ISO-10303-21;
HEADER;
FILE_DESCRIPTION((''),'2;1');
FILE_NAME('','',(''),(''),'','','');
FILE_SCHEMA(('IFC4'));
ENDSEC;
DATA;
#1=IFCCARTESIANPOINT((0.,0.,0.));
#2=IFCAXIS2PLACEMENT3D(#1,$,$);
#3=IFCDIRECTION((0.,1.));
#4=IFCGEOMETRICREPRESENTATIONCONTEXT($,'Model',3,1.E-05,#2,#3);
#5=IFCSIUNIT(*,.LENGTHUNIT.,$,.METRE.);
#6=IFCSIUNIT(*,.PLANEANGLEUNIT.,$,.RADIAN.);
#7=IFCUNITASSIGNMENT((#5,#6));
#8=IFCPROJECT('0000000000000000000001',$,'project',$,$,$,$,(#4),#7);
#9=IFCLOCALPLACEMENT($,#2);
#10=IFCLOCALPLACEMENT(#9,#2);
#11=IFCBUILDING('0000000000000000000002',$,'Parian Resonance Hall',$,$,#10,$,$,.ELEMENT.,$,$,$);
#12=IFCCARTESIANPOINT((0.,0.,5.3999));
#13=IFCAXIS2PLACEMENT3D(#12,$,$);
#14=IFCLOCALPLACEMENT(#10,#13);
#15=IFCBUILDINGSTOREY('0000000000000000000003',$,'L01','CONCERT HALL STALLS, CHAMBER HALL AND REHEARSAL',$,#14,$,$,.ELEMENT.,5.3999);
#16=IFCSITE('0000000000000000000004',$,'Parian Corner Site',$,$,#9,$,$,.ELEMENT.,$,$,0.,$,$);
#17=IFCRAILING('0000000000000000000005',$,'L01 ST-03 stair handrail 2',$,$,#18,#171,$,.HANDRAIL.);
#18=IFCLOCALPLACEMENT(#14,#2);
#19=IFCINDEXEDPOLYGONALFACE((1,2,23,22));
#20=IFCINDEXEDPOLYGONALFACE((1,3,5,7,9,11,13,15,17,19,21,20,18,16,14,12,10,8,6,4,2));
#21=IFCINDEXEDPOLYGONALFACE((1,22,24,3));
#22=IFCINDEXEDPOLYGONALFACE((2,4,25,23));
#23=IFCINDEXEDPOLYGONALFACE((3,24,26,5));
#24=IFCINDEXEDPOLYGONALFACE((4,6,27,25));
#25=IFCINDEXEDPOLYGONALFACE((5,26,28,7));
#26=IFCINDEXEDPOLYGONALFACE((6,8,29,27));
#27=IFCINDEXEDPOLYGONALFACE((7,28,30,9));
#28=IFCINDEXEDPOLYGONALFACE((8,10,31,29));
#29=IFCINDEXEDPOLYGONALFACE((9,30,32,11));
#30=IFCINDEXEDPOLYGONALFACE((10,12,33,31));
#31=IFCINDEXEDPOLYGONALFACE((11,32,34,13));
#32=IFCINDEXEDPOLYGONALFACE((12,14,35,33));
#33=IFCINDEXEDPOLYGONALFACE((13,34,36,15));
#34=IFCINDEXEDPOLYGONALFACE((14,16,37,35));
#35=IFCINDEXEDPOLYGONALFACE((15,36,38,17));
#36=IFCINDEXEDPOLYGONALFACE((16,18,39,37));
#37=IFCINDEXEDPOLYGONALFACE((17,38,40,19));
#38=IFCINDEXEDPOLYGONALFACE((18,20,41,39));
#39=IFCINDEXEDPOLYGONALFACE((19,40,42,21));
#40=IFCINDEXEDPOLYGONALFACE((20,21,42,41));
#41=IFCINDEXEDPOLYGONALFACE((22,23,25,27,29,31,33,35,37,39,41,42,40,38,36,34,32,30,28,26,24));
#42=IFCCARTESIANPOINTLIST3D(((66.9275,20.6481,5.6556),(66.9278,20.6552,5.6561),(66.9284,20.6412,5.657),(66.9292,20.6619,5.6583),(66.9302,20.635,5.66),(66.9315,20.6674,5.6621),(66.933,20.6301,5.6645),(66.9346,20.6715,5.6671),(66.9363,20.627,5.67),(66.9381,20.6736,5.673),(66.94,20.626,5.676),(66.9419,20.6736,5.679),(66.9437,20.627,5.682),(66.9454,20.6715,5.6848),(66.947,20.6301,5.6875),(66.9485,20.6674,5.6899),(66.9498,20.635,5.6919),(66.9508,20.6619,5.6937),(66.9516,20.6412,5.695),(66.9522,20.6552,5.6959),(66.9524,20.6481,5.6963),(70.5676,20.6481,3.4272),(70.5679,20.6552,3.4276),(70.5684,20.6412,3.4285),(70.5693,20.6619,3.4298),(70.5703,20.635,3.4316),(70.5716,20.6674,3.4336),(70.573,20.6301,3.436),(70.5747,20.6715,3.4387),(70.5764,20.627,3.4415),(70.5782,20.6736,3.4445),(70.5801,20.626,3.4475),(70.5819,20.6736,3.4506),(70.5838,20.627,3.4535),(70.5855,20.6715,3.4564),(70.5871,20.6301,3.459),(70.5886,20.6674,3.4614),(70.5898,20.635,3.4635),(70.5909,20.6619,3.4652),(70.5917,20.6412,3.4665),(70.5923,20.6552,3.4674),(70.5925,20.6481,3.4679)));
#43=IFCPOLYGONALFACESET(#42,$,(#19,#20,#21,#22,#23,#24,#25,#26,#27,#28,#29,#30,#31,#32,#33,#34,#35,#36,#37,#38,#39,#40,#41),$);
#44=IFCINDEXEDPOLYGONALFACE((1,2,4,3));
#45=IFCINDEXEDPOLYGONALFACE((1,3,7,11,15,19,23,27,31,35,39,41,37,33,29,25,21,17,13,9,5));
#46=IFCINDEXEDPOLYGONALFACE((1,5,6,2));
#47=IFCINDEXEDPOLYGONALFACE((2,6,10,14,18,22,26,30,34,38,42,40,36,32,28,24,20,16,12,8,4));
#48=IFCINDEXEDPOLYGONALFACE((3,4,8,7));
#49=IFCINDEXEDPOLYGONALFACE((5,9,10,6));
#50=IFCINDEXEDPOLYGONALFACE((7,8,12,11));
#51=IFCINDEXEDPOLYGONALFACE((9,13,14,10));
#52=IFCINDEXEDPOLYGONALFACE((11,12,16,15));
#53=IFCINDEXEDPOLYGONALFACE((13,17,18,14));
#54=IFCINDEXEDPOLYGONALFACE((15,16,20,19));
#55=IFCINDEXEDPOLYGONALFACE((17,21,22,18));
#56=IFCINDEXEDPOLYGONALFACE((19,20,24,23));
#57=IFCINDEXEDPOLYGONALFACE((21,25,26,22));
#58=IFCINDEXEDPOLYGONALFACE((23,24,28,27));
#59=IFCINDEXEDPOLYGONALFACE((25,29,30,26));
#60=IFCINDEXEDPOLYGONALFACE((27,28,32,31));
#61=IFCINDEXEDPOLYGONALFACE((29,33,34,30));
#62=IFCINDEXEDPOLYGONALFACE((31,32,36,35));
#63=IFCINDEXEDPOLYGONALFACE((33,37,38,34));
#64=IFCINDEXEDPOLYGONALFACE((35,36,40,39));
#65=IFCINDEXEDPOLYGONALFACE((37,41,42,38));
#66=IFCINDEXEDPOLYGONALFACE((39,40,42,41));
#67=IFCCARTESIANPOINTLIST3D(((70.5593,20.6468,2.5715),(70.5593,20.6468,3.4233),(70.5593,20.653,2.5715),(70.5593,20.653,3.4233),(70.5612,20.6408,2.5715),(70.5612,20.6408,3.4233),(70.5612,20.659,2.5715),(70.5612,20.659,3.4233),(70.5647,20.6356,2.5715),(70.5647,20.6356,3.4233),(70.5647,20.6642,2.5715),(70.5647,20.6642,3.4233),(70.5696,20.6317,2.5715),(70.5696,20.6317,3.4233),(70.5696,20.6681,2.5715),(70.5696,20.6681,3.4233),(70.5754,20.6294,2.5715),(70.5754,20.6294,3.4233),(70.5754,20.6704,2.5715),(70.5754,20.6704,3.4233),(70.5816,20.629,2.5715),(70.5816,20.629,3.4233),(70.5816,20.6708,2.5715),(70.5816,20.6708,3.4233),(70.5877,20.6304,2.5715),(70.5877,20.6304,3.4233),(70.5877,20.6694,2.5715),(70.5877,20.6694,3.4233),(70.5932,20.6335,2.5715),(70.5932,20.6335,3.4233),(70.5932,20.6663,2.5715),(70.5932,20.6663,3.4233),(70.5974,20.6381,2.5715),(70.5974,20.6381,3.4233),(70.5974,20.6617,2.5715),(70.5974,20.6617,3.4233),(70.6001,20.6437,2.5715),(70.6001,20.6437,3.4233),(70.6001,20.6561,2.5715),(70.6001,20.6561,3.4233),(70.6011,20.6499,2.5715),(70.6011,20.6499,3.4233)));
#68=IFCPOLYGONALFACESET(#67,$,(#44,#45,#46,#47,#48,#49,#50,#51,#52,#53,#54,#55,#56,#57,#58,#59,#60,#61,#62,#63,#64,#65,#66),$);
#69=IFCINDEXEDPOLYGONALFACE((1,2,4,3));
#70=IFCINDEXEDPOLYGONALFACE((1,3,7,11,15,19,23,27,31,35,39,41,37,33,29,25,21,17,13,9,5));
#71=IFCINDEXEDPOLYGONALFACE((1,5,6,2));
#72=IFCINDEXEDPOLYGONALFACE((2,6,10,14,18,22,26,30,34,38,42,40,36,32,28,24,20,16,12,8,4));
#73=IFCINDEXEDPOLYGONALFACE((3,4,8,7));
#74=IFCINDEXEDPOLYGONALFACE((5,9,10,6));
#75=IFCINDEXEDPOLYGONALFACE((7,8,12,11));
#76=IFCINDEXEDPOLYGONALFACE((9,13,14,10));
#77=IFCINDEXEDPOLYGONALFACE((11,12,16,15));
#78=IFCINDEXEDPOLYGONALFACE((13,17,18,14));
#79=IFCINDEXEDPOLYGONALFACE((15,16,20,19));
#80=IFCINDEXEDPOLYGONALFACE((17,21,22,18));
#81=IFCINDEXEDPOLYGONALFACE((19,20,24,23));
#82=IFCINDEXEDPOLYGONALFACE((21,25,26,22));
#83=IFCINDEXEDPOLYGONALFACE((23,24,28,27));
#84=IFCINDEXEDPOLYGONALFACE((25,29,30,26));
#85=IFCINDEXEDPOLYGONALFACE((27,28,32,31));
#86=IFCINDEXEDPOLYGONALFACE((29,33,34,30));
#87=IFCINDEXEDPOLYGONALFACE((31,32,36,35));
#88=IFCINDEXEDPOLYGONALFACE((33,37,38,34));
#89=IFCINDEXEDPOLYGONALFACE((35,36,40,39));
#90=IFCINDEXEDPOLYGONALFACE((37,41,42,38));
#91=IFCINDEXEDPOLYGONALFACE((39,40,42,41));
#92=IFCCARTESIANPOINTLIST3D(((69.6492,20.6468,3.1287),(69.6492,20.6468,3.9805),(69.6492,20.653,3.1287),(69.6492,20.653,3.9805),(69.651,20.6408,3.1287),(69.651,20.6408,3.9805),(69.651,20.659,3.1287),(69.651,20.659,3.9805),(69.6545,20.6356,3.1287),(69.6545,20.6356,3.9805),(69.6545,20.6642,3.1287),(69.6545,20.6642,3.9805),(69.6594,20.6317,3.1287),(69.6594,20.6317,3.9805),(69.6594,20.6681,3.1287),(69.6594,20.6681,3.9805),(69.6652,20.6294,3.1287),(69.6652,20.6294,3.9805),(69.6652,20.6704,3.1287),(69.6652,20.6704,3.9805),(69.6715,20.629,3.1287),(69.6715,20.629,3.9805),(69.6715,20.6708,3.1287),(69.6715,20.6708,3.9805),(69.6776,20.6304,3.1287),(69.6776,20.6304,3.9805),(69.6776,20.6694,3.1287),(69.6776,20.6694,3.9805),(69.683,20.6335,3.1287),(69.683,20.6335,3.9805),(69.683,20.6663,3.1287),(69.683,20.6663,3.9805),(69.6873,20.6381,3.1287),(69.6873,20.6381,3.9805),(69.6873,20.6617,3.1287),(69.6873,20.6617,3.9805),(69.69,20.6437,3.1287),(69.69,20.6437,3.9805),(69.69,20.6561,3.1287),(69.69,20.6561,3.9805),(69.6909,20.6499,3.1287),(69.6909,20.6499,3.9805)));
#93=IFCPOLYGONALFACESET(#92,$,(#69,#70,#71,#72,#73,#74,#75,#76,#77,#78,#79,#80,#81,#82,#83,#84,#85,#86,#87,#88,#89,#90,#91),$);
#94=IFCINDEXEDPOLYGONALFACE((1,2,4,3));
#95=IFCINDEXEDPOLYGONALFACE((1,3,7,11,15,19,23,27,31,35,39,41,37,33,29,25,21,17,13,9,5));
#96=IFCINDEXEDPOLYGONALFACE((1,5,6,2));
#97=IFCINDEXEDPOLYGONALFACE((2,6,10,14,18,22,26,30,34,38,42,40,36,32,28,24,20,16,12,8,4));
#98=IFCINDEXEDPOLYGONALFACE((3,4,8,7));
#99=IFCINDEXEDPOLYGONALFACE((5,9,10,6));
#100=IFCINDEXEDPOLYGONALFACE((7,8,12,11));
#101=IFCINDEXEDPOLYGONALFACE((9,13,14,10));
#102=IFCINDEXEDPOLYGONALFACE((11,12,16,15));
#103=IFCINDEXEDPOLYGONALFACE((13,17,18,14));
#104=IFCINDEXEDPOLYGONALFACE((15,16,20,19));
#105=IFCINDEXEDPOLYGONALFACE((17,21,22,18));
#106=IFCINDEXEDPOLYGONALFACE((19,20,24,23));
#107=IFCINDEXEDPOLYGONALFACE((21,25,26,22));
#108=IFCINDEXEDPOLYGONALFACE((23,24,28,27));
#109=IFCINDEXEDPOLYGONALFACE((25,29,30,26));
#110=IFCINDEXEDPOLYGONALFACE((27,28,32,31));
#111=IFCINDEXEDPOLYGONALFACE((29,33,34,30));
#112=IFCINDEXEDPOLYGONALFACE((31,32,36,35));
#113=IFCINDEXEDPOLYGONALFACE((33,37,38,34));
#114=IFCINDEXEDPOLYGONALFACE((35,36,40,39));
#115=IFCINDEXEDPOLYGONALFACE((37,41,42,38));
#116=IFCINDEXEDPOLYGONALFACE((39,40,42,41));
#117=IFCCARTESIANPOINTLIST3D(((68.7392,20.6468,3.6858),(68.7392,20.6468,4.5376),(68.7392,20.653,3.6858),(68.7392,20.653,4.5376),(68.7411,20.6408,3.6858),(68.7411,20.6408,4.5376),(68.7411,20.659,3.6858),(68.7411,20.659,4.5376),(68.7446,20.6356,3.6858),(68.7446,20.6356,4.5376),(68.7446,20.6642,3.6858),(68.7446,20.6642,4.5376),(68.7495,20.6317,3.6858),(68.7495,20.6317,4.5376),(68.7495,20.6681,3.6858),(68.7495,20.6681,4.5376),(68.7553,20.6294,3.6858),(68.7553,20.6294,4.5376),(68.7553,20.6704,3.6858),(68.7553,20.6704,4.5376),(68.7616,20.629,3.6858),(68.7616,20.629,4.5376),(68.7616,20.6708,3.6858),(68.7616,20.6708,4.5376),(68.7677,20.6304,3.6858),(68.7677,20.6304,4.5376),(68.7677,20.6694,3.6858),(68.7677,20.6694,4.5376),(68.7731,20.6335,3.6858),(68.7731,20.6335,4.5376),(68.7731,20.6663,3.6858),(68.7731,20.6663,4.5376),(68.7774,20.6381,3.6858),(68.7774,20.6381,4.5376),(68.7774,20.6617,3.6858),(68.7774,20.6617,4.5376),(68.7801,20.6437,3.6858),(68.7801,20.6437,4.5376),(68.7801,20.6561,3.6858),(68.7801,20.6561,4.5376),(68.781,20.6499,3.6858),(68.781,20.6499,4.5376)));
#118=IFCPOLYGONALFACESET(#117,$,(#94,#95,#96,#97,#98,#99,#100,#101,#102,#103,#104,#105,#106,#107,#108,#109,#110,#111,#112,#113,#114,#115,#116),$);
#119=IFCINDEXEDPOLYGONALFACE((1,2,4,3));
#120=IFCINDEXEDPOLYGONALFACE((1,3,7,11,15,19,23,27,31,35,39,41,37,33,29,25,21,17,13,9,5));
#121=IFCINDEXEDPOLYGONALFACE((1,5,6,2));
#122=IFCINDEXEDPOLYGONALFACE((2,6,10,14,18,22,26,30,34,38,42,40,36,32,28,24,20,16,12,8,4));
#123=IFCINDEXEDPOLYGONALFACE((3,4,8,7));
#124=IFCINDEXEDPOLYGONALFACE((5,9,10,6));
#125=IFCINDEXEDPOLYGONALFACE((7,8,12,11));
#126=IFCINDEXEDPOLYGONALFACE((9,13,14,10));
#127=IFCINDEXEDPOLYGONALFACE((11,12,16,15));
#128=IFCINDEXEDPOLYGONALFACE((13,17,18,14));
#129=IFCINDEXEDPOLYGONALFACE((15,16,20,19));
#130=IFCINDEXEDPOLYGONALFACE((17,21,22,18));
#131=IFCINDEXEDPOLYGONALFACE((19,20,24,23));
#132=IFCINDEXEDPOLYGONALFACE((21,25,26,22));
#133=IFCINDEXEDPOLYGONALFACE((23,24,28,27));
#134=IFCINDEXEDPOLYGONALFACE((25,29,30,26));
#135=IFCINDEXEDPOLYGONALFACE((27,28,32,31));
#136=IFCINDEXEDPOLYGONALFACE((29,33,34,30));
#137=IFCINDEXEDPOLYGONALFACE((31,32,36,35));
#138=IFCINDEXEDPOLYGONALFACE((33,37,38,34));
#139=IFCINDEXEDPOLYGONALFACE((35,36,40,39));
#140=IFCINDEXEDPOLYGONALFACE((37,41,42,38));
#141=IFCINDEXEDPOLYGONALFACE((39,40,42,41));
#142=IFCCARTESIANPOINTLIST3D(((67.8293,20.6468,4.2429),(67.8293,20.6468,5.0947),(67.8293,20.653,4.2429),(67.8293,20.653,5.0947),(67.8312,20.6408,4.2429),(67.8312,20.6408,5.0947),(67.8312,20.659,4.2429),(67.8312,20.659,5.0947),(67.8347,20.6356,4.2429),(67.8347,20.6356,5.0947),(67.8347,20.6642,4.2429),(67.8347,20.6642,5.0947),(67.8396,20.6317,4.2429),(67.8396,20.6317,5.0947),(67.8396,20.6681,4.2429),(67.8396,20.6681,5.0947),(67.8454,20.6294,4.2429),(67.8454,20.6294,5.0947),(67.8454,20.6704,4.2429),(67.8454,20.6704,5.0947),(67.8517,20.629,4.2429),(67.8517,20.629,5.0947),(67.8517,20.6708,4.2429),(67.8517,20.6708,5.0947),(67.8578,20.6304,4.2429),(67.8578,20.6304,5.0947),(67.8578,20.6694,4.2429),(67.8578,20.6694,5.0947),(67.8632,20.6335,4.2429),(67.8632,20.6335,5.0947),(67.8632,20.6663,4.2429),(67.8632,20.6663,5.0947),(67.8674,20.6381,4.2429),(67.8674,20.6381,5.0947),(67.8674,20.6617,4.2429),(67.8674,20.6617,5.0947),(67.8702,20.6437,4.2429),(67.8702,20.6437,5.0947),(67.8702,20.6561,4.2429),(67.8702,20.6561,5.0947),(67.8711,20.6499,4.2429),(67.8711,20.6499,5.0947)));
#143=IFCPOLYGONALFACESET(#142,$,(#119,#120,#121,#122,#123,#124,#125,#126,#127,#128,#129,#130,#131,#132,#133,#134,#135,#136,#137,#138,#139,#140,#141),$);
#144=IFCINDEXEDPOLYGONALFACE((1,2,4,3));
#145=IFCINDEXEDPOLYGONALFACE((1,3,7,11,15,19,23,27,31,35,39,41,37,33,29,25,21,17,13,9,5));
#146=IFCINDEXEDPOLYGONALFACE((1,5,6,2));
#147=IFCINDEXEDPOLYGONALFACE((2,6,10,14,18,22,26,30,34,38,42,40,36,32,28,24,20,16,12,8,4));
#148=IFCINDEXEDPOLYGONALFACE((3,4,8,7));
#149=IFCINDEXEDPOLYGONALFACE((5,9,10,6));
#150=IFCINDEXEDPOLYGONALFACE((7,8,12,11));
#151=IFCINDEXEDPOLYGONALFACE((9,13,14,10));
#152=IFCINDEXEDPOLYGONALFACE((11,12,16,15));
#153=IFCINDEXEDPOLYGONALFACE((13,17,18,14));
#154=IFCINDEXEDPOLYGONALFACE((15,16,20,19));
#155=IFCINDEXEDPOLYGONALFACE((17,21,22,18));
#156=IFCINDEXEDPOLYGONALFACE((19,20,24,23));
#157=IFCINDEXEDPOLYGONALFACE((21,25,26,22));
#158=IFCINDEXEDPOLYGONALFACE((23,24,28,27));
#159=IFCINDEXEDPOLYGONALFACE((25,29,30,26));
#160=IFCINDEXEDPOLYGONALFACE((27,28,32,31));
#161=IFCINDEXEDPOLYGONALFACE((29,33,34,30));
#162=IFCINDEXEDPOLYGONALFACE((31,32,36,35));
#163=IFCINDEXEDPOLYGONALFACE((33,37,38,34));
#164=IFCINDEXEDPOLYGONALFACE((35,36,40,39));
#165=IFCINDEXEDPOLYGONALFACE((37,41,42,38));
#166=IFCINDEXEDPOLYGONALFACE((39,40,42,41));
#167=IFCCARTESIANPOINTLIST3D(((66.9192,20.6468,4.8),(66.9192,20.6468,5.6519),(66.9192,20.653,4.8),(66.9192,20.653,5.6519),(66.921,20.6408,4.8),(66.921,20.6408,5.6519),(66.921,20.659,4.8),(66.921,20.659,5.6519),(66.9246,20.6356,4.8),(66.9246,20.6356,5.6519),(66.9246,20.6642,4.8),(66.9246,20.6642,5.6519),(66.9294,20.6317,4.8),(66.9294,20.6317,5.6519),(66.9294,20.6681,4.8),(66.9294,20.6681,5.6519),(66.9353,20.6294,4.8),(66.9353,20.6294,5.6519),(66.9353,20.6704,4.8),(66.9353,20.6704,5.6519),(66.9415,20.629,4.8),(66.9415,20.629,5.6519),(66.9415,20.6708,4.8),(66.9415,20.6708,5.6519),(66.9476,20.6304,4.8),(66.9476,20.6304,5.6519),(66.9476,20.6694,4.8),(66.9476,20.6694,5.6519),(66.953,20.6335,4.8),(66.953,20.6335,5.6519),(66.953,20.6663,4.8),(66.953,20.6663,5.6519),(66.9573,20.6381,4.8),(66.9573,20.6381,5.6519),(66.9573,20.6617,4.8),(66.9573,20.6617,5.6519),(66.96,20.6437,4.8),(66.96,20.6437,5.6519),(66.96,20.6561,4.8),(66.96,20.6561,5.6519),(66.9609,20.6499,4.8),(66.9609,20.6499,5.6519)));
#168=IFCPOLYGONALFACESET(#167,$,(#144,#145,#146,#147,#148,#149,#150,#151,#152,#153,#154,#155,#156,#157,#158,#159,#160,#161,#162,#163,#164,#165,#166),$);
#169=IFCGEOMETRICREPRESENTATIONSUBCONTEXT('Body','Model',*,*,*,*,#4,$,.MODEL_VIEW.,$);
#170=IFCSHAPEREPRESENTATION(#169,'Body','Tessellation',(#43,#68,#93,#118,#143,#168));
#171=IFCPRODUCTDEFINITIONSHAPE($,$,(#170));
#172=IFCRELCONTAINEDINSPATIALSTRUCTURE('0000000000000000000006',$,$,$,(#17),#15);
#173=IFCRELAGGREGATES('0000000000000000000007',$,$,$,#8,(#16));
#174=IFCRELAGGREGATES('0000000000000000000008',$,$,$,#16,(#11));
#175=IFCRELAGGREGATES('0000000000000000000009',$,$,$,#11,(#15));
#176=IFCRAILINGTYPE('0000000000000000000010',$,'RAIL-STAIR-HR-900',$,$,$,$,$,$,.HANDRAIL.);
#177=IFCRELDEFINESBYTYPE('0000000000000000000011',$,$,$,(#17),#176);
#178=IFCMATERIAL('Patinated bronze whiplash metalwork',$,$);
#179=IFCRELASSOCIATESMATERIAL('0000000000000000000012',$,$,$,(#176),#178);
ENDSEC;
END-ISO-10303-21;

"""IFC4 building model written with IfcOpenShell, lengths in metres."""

from ifc_helpers import new_model, si_unit, direction, frame, origin, origin_2d, place, context, subcontext, project, spatial, circle, extrude, material, type_object, element, save


model = new_model("IFC4")

# Units and contexts
model_context = context("Model", 3, precision=1e-05, world=origin(), true_north=direction((0.0, 1.0)))
body_context = subcontext(model_context, "Body", "Model", "MODEL_VIEW")
ifc_project = project(units=[si_unit("LENGTHUNIT", "METRE"), si_unit("PLANEANGLEUNIT", "RADIAN")], contexts=[model_context])

# Site, building, storey
site_placement = place(None, origin())
site = spatial("IfcSite", under=ifc_project, at=site_placement, Name="Parian Corner Site", CompositionType="ELEMENT", RefElevation=0.0)
building_placement = place(site_placement, origin())
building = spatial("IfcBuilding", under=site, at=building_placement, Name="Parian Resonance Hall", CompositionType="ELEMENT")
storey_placement = place(building_placement, frame((0.0, 0.0, 5.3999)))
storey = spatial("IfcBuildingStorey", under=building, at=storey_placement, Name="L01", Description="CONCERT HALL STALLS, CHAMBER HALL AND REHEARSAL", CompositionType="ELEMENT", Elevation=5.3999)

# Railing
ifc_material_1 = material(Name="Patinated bronze whiplash metalwork")
railing_type_1 = type_object("IfcRailingType", Name="RAIL-STAIR-HR-900", PredefinedType="HANDRAIL", material=ifc_material_1)
railing_1_placement = place(storey_placement, frame((70.5801, 20.6499, 2.5715)))
element("IfcRailing", 1, at=railing_1_placement, inside=storey, type_object=railing_type_1, Name="L01 ST-03 stair handrail 2", PredefinedType="HANDRAIL", context=body_context, shape_type="SweptSolid", body=[
    extrude(circle(Radius=0.0239, at=origin_2d()), frame((0.0, 0.0, 0.876), z_axis=(-0.852866, 0.0, 0.52213), x_axis=(0.0, -1.0, 0.0)), (0.0, 0.0, 1.0), 4.2681),
    extrude(circle(Radius=0.021, at=origin_2d()), origin(), (0.0, 0.0, 1.0), 0.8518),
    extrude(circle(Radius=0.021, at=origin_2d()), frame((-0.9102, 0.0, 0.5571)), (0.0, 0.0, 1.0), 0.8518),
    extrude(circle(Radius=0.021, at=origin_2d()), frame((-1.8201, 0.0, 1.1143)), (0.0, 0.0, 1.0), 0.8518),
    extrude(circle(Radius=0.021, at=origin_2d()), frame((-2.73, 0.0, 1.6714)), (0.0, 0.0, 1.0), 0.8518),
    extrude(circle(Radius=0.021, at=origin_2d()), frame((-3.6401, 0.0, 2.2285)), (0.0, 0.0, 1.0), 0.8518),
])

save(model, "model.ifc")
